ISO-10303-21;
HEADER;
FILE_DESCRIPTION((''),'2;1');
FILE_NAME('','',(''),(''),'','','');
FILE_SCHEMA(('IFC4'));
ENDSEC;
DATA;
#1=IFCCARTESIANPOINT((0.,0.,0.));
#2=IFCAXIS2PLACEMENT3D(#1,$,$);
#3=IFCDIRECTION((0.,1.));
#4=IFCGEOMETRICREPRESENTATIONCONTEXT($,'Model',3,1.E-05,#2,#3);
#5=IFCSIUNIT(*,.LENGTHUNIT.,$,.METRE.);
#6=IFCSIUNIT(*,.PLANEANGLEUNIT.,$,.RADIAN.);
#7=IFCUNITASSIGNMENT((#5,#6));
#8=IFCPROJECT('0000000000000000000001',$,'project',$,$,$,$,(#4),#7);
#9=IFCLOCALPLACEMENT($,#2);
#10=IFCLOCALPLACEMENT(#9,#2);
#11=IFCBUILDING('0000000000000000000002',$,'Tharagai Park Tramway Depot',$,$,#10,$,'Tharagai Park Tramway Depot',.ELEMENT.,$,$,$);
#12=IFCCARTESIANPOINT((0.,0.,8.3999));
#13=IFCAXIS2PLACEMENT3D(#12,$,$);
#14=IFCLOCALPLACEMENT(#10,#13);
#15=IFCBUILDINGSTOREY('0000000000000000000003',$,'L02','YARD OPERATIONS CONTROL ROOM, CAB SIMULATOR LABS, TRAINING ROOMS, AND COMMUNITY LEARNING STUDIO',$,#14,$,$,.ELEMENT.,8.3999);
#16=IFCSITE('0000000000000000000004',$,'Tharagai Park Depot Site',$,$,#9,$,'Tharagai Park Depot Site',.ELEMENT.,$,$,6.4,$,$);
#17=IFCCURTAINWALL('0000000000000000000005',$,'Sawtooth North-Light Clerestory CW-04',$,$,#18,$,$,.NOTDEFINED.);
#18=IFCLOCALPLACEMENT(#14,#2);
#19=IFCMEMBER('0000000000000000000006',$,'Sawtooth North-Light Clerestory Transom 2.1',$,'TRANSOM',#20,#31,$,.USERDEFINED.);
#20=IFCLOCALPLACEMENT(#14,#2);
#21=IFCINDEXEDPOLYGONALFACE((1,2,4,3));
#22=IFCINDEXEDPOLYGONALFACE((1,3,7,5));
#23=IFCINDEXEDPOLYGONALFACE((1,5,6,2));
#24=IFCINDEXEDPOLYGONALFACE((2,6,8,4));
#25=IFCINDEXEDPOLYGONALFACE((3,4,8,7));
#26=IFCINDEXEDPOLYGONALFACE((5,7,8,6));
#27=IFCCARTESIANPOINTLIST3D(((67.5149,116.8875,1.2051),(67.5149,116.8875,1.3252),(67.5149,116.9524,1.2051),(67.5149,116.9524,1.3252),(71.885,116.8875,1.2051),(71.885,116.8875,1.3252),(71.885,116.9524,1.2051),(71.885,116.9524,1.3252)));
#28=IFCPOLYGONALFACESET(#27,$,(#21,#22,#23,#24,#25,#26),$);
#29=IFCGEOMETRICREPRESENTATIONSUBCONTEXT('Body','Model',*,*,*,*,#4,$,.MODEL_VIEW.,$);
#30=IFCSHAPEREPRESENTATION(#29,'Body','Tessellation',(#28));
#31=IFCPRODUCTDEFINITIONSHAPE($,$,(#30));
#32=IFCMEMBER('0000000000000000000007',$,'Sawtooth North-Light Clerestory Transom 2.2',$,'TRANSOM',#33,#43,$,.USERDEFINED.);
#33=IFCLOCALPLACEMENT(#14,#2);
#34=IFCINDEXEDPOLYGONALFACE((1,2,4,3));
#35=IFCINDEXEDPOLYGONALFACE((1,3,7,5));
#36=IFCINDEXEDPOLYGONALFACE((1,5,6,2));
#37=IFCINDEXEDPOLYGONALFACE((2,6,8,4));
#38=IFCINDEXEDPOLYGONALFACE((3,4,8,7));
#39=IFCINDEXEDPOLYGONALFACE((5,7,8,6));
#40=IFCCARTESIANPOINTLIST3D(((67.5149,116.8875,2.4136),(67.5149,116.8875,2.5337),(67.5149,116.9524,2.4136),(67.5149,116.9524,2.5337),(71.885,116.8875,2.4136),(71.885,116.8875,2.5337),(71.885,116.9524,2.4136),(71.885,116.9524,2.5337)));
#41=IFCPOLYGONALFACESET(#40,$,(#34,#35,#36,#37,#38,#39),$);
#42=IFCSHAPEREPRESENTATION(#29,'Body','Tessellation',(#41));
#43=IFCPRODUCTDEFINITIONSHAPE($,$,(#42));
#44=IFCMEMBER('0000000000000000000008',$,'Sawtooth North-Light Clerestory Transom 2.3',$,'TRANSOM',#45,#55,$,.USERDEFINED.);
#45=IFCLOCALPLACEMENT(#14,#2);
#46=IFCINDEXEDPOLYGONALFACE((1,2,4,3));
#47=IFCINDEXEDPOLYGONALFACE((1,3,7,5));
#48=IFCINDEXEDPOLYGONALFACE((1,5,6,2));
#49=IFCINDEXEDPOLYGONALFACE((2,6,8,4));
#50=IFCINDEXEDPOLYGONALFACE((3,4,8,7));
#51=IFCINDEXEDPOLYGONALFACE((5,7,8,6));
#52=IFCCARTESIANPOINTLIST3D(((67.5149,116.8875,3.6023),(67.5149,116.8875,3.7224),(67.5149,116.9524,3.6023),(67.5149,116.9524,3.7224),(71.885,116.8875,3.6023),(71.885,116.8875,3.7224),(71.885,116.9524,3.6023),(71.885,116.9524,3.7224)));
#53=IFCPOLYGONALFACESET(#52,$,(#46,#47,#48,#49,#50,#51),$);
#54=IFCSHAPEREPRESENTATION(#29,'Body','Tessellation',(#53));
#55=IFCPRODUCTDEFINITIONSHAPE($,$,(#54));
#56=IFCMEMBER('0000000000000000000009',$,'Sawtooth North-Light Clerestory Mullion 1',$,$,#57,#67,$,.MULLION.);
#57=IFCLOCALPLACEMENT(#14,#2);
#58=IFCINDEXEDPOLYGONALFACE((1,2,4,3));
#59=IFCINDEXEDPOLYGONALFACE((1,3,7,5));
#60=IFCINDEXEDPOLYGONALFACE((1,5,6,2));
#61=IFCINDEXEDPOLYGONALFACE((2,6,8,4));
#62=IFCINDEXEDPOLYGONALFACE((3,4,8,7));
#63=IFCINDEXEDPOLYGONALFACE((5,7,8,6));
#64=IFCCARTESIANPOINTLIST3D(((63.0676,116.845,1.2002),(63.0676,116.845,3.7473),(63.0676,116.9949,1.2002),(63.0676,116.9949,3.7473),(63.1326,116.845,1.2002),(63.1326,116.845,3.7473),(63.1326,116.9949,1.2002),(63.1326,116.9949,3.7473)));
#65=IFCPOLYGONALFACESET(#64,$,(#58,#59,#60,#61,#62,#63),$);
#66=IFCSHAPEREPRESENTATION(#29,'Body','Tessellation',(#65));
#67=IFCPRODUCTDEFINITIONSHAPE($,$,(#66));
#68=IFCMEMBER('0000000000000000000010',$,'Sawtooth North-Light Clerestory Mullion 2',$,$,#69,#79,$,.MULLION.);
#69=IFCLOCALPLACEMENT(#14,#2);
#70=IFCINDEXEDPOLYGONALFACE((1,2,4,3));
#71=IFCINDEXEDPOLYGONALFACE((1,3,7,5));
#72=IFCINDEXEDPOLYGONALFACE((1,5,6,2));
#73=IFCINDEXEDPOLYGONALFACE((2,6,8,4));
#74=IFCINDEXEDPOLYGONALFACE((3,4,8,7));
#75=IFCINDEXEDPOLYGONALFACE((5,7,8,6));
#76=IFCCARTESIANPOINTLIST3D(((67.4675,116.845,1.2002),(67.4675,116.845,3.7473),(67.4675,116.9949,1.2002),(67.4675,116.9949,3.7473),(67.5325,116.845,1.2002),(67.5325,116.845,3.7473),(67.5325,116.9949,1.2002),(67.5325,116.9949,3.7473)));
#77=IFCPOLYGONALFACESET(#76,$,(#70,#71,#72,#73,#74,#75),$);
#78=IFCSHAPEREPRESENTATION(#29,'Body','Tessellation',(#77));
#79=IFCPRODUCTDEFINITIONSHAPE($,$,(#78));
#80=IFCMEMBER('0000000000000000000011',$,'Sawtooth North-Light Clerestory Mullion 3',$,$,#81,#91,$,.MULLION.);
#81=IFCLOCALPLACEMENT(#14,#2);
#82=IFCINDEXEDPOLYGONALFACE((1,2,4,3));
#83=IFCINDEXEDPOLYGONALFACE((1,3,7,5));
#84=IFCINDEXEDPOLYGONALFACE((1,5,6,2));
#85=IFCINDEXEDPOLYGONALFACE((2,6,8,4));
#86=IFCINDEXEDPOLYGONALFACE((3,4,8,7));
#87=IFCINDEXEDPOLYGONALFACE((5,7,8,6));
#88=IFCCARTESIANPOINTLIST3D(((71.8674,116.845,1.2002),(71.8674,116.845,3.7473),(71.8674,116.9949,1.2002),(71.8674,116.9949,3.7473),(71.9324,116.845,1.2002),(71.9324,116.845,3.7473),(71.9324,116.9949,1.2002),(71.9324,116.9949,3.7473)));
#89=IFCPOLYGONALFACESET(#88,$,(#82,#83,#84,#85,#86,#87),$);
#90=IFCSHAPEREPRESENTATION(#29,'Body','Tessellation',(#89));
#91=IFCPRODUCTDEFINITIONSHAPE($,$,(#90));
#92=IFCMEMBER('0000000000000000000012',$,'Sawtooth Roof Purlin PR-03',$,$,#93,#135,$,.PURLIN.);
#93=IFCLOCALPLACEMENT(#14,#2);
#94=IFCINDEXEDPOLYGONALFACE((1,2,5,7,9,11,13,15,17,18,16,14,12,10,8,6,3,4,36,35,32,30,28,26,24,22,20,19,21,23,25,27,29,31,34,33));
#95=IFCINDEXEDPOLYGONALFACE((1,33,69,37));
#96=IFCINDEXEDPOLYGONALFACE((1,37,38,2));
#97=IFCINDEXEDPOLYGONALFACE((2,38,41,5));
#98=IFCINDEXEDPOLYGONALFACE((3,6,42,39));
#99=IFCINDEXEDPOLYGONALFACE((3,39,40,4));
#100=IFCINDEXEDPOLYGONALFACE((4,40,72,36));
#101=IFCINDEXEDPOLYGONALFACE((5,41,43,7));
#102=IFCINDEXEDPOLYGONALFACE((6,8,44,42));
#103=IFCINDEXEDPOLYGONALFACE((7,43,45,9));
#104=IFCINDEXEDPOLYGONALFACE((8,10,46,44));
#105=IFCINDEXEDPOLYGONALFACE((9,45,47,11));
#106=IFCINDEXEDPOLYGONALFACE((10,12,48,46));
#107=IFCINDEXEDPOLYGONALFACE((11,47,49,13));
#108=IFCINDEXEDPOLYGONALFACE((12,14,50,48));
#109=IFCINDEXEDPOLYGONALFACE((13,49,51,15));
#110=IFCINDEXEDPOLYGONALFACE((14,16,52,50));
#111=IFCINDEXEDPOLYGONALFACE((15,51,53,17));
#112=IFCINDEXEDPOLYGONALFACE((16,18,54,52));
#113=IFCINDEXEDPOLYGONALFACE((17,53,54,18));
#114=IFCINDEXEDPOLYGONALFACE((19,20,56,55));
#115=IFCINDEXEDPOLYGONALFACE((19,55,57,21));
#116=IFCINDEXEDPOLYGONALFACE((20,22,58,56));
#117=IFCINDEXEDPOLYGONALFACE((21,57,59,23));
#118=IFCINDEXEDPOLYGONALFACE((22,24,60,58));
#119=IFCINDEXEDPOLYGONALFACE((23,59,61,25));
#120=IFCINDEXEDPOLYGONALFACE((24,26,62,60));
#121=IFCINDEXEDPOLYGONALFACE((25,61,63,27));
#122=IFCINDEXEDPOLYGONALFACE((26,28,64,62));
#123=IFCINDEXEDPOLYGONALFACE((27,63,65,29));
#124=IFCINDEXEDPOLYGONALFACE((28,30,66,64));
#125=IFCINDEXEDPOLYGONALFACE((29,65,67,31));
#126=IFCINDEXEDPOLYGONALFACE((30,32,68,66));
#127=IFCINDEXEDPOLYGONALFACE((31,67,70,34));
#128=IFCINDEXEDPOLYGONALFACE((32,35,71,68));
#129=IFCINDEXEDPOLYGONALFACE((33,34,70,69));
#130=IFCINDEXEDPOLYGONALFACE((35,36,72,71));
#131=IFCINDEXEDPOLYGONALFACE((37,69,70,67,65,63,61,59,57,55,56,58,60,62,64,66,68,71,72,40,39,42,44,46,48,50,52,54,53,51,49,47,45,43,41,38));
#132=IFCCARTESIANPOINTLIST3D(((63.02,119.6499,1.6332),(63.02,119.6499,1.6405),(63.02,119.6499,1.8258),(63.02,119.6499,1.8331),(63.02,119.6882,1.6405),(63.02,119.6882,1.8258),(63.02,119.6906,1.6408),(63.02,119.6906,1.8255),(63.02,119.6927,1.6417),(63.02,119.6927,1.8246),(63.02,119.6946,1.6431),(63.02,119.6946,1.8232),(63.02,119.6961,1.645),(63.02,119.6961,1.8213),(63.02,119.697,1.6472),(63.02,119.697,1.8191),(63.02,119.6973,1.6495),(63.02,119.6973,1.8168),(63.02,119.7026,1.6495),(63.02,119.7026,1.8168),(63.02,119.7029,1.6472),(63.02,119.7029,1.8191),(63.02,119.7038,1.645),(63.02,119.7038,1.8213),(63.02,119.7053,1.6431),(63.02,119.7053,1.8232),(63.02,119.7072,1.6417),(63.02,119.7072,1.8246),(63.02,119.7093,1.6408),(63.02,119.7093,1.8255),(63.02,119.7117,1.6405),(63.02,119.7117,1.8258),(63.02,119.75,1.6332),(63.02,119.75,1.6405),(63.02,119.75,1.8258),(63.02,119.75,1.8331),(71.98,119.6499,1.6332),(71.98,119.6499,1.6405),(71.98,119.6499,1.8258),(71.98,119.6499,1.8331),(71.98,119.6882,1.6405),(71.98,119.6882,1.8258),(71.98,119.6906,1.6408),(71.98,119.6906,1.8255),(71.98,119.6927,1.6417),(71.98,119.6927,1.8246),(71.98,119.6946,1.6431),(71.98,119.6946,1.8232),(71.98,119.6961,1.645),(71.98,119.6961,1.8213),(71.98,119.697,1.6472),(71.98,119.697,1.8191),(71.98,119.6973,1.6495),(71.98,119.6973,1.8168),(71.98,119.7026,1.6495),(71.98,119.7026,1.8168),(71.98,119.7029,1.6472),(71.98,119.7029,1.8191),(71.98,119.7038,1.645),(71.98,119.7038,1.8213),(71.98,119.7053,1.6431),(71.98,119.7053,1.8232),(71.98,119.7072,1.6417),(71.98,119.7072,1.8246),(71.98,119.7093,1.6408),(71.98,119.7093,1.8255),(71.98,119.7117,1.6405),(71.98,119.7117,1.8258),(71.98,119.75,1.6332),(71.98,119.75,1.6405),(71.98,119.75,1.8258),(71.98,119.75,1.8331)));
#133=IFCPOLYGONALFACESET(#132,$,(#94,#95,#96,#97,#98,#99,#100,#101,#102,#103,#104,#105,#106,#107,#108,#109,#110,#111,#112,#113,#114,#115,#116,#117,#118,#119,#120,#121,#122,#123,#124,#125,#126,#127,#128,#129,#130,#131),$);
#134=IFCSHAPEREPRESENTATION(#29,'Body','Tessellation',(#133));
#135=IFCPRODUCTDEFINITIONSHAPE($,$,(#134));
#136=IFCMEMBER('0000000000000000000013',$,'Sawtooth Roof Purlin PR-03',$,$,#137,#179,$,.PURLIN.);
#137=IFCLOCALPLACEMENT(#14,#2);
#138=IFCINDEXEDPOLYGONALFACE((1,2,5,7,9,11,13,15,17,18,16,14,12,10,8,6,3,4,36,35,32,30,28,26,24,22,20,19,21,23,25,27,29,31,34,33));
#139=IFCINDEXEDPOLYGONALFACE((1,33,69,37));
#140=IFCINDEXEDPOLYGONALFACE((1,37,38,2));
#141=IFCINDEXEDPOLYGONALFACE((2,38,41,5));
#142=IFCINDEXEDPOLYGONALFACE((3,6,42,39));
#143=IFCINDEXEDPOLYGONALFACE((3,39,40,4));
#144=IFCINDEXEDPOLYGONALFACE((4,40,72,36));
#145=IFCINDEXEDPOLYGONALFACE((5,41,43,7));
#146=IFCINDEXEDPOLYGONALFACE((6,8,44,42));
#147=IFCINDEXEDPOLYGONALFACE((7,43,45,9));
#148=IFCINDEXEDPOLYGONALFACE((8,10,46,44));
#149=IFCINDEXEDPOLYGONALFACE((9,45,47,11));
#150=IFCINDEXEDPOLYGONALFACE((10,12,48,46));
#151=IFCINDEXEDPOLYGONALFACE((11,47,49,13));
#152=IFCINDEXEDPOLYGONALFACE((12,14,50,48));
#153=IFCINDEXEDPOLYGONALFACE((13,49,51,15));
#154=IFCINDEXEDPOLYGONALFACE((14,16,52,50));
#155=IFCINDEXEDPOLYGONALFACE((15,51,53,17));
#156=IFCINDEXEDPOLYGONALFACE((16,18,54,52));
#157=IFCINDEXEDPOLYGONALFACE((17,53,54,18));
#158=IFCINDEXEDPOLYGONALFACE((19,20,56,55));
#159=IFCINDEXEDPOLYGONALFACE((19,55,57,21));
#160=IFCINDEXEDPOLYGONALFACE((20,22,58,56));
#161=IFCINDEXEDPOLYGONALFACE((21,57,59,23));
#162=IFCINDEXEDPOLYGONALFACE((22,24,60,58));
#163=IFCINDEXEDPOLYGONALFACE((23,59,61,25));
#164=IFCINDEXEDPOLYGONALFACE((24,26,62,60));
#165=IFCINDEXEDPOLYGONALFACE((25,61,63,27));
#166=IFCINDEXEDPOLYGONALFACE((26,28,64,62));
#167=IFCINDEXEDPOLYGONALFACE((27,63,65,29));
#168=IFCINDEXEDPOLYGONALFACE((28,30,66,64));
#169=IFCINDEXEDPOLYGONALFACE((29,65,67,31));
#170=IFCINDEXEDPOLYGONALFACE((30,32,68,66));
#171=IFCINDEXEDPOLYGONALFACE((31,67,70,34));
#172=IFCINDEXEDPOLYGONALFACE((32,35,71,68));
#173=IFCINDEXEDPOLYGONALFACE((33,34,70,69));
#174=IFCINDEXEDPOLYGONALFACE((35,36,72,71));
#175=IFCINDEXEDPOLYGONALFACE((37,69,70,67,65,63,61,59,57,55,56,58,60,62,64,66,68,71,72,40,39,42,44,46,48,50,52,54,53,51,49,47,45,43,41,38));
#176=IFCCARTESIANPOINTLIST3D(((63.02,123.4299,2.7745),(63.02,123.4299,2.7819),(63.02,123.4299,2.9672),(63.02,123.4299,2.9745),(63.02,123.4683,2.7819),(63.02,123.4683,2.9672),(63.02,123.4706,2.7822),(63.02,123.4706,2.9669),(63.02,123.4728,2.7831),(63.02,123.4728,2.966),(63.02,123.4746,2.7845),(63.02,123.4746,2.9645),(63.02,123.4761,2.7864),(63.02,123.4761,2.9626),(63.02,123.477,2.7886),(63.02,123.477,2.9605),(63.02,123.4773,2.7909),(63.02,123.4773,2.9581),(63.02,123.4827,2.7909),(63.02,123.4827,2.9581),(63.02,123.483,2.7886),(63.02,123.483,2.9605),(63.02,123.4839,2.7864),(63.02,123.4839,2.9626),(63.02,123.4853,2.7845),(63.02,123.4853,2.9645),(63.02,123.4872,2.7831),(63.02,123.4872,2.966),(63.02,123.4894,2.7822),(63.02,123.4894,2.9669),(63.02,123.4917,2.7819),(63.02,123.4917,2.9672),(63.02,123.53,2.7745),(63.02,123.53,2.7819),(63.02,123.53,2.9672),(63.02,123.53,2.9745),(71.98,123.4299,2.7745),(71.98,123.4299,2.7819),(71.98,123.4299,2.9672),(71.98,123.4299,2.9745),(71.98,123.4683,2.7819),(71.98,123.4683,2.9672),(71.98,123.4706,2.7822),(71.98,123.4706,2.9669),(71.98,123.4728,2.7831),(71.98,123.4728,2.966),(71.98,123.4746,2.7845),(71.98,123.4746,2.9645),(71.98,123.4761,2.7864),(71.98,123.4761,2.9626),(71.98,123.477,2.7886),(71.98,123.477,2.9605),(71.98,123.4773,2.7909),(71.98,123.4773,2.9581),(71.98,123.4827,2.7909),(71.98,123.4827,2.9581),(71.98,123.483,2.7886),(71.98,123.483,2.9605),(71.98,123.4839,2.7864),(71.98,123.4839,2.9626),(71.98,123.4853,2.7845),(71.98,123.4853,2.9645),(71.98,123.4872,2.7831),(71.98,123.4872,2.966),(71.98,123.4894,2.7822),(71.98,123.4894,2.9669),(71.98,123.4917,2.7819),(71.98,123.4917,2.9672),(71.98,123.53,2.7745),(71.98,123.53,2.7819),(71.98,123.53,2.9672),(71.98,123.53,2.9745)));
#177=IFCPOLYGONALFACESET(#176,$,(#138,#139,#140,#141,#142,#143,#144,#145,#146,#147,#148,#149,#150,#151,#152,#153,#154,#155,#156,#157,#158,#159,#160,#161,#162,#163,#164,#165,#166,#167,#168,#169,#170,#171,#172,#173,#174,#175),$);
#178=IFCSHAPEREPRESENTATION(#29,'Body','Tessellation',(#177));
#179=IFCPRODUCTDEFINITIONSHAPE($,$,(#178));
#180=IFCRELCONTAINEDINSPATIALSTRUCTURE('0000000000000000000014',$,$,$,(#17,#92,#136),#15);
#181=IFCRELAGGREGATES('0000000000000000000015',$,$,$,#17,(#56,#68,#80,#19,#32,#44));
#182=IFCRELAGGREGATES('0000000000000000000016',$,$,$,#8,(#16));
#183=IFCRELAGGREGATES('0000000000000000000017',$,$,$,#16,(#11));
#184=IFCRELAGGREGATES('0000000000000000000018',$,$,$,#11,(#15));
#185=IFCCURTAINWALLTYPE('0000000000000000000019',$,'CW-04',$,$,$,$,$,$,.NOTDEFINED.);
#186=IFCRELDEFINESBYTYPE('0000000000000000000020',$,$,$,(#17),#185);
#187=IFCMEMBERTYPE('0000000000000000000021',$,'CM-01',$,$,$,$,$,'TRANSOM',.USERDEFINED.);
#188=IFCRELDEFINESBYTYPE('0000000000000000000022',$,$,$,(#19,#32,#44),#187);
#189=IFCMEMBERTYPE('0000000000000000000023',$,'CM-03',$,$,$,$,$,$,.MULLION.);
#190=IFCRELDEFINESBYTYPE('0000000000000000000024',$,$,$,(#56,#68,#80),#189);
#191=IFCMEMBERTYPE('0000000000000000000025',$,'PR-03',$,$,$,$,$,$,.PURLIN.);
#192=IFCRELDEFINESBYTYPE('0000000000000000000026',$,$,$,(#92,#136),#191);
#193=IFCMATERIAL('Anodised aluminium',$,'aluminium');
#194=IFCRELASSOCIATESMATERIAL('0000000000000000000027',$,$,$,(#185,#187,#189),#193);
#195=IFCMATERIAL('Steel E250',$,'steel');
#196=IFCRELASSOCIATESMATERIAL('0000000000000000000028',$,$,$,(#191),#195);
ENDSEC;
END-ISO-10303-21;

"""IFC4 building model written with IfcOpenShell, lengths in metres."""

from ifc_helpers import new_model, si_unit, direction, frame, origin, origin_2d, place, context, subcontext, project, spatial, rectangle, i_section, extrude, material, material_profile, profile_set, type_object, element, aggregate, save


model = new_model("IFC4")

# Units and contexts
model_context = context("Model", 3, precision=1e-05, world=origin(), true_north=direction((0.0, 1.0)))
body_context = subcontext(model_context, "Body", "Model", "MODEL_VIEW")
ifc_project = project(units=[si_unit("LENGTHUNIT", "METRE"), si_unit("PLANEANGLEUNIT", "RADIAN")], contexts=[model_context])

# Site, building, storey
site_placement = place(None, origin())
site = spatial("IfcSite", under=ifc_project, at=site_placement, Name="Tharagai Park Depot Site", LongName="Tharagai Park Depot Site", CompositionType="ELEMENT", RefElevation=6.4)
building_placement = place(site_placement, origin())
building = spatial("IfcBuilding", under=site, at=building_placement, Name="Tharagai Park Tramway Depot", LongName="Tharagai Park Tramway Depot", CompositionType="ELEMENT")
storey_placement = place(building_placement, frame((0.0, 0.0, 8.3999)))
storey = spatial("IfcBuildingStorey", under=building, at=storey_placement, Name="L02", Description="YARD OPERATIONS CONTROL ROOM, CAB SIMULATOR LABS, TRAINING ROOMS, AND COMMUNITY LEARNING STUDIO", CompositionType="ELEMENT", Elevation=8.3999)

# Curtain wall, members
ifc_material_1 = material(Name="Anodised aluminium", Category="aluminium")
curtain_wall_type = type_object("IfcCurtainWallType", Name="CW-04", PredefinedType="NOTDEFINED", material=ifc_material_1)
curtain_wall_placement = place(storey_placement, origin())
curtain_wall = element("IfcCurtainWall", 1, at=curtain_wall_placement, inside=storey, type_object=curtain_wall_type, Name="Sawtooth North-Light Clerestory CW-04", PredefinedType="NOTDEFINED")
ifc_material_profile_1 = material_profile(ifc_material_1, rectangle(XDim=0.0649, YDim=0.1201, at=origin_2d()), Name="ALU 65x120")
ifc_profile_set_1 = profile_set([ifc_material_profile_1], Name="Anodised aluminium")
member_type_1 = type_object("IfcMemberType", Name="CM-01", ElementType="TRANSOM", PredefinedType="USERDEFINED", material=ifc_profile_set_1)
member_1_placement = place(storey_placement, frame((67.5149, 116.9199, 1.2651), z_axis=(1.0, 0.0, 0.0), x_axis=(0.0, 1.0, 0.0)))
member_1 = element("IfcMember", 2, at=member_1_placement, type_object=member_type_1, Name="Sawtooth North-Light Clerestory Transom 2.1", ObjectType="TRANSOM", PredefinedType="USERDEFINED", context=body_context, shape_type="SweptSolid", body=[
    extrude(rectangle(XDim=0.0649, YDim=0.1201, at=origin_2d()), origin(), (0.0, 0.0, 1.0), 4.3701),
])
member_2_placement = place(storey_placement, frame((67.5149, 116.9199, 2.4736), z_axis=(1.0, 0.0, 0.0), x_axis=(0.0, 1.0, 0.0)))
member_2 = element("IfcMember", 3, at=member_2_placement, type_object=member_type_1, Name="Sawtooth North-Light Clerestory Transom 2.2", ObjectType="TRANSOM", PredefinedType="USERDEFINED", context=body_context, shape_type="SweptSolid", body=[
    extrude(rectangle(XDim=0.0649, YDim=0.1201, at=origin_2d()), origin(), (0.0, 0.0, 1.0), 4.3701),
])
member_3_placement = place(storey_placement, frame((67.5149, 116.9199, 3.6624), z_axis=(1.0, 0.0, 0.0), x_axis=(0.0, 1.0, 0.0)))
member_3 = element("IfcMember", 4, at=member_3_placement, type_object=member_type_1, Name="Sawtooth North-Light Clerestory Transom 2.3", ObjectType="TRANSOM", PredefinedType="USERDEFINED", context=body_context, shape_type="SweptSolid", body=[
    extrude(rectangle(XDim=0.0649, YDim=0.1201, at=origin_2d()), origin(), (0.0, 0.0, 1.0), 4.3701),
])
ifc_material_profile_2 = material_profile(ifc_material_1, rectangle(XDim=0.0649, YDim=0.1499, at=origin_2d()), Name="ALU 65x150")
ifc_profile_set_2 = profile_set([ifc_material_profile_2], Name="Anodised aluminium")
member_type_2 = type_object("IfcMemberType", Name="CM-03", PredefinedType="MULLION", material=ifc_profile_set_2)
member_4_placement = place(storey_placement, frame((63.1001, 116.9199, 1.2002), z_axis=(0.0, 0.0, 1.0), x_axis=(1.0, 0.0, 0.0)))
member_4 = element("IfcMember", 5, at=member_4_placement, type_object=member_type_2, Name="Sawtooth North-Light Clerestory Mullion 1", PredefinedType="MULLION", context=body_context, shape_type="SweptSolid", body=[
    extrude(rectangle(XDim=0.0649, YDim=0.1499, at=origin_2d()), origin(), (0.0, 0.0, 1.0), 2.5471),
])
member_5_placement = place(storey_placement, frame((67.5, 116.9199, 1.2002), z_axis=(0.0, 0.0, 1.0), x_axis=(1.0, 0.0, 0.0)))
member_5 = element("IfcMember", 6, at=member_5_placement, type_object=member_type_2, Name="Sawtooth North-Light Clerestory Mullion 2", PredefinedType="MULLION", context=body_context, shape_type="SweptSolid", body=[
    extrude(rectangle(XDim=0.0649, YDim=0.1499, at=origin_2d()), origin(), (0.0, 0.0, 1.0), 2.5471),
])
member_6_placement = place(storey_placement, frame((71.8999, 116.9199, 1.2002), z_axis=(0.0, 0.0, 1.0), x_axis=(1.0, 0.0, 0.0)))
member_6 = element("IfcMember", 7, at=member_6_placement, type_object=member_type_2, Name="Sawtooth North-Light Clerestory Mullion 3", PredefinedType="MULLION", context=body_context, shape_type="SweptSolid", body=[
    extrude(rectangle(XDim=0.0649, YDim=0.1499, at=origin_2d()), origin(), (0.0, 0.0, 1.0), 2.5471),
])

# Members
ifc_material_2 = material(Name="Steel E250", Category="steel")
ifc_material_profile_3 = material_profile(ifc_material_2, i_section(OverallWidth=0.1001, OverallDepth=0.2, WebThickness=0.0054, FlangeThickness=0.0073, FilletRadius=0.009, at=origin_2d()), Name="ISLB 200")
ifc_profile_set_3 = profile_set([ifc_material_profile_3], Name="Steel E250")
member_type_3 = type_object("IfcMemberType", Name="PR-03", PredefinedType="PURLIN", material=ifc_profile_set_3)
for number, where, z_axis, x_axis, name in (
    (8, (63.02, 119.7, 1.7332), (1.0, 0.0, 0.0), (0.0, 1.0, 0.0), "Sawtooth Roof Purlin PR-03"),
    (9, (63.02, 123.48, 2.8745), (1.0, 0.0, 0.0), (0.0, 1.0, 0.0), "Sawtooth Roof Purlin PR-03"),
):
    element("IfcMember", number, at=place(storey_placement, frame(where, z_axis=z_axis, x_axis=x_axis)), inside=storey, type_object=member_type_3, Name=name, PredefinedType="PURLIN", context=body_context, shape_type="SweptSolid", body=[
        extrude(i_section(OverallWidth=0.1001, OverallDepth=0.2, WebThickness=0.0054, FlangeThickness=0.0073, FilletRadius=0.009, at=origin_2d()), origin(), (0.0, 0.0, 1.0), 8.96),
    ])

aggregate(curtain_wall, [member_4, member_5, member_6, member_1, member_2, member_3])

save(model, "model.ifc")
